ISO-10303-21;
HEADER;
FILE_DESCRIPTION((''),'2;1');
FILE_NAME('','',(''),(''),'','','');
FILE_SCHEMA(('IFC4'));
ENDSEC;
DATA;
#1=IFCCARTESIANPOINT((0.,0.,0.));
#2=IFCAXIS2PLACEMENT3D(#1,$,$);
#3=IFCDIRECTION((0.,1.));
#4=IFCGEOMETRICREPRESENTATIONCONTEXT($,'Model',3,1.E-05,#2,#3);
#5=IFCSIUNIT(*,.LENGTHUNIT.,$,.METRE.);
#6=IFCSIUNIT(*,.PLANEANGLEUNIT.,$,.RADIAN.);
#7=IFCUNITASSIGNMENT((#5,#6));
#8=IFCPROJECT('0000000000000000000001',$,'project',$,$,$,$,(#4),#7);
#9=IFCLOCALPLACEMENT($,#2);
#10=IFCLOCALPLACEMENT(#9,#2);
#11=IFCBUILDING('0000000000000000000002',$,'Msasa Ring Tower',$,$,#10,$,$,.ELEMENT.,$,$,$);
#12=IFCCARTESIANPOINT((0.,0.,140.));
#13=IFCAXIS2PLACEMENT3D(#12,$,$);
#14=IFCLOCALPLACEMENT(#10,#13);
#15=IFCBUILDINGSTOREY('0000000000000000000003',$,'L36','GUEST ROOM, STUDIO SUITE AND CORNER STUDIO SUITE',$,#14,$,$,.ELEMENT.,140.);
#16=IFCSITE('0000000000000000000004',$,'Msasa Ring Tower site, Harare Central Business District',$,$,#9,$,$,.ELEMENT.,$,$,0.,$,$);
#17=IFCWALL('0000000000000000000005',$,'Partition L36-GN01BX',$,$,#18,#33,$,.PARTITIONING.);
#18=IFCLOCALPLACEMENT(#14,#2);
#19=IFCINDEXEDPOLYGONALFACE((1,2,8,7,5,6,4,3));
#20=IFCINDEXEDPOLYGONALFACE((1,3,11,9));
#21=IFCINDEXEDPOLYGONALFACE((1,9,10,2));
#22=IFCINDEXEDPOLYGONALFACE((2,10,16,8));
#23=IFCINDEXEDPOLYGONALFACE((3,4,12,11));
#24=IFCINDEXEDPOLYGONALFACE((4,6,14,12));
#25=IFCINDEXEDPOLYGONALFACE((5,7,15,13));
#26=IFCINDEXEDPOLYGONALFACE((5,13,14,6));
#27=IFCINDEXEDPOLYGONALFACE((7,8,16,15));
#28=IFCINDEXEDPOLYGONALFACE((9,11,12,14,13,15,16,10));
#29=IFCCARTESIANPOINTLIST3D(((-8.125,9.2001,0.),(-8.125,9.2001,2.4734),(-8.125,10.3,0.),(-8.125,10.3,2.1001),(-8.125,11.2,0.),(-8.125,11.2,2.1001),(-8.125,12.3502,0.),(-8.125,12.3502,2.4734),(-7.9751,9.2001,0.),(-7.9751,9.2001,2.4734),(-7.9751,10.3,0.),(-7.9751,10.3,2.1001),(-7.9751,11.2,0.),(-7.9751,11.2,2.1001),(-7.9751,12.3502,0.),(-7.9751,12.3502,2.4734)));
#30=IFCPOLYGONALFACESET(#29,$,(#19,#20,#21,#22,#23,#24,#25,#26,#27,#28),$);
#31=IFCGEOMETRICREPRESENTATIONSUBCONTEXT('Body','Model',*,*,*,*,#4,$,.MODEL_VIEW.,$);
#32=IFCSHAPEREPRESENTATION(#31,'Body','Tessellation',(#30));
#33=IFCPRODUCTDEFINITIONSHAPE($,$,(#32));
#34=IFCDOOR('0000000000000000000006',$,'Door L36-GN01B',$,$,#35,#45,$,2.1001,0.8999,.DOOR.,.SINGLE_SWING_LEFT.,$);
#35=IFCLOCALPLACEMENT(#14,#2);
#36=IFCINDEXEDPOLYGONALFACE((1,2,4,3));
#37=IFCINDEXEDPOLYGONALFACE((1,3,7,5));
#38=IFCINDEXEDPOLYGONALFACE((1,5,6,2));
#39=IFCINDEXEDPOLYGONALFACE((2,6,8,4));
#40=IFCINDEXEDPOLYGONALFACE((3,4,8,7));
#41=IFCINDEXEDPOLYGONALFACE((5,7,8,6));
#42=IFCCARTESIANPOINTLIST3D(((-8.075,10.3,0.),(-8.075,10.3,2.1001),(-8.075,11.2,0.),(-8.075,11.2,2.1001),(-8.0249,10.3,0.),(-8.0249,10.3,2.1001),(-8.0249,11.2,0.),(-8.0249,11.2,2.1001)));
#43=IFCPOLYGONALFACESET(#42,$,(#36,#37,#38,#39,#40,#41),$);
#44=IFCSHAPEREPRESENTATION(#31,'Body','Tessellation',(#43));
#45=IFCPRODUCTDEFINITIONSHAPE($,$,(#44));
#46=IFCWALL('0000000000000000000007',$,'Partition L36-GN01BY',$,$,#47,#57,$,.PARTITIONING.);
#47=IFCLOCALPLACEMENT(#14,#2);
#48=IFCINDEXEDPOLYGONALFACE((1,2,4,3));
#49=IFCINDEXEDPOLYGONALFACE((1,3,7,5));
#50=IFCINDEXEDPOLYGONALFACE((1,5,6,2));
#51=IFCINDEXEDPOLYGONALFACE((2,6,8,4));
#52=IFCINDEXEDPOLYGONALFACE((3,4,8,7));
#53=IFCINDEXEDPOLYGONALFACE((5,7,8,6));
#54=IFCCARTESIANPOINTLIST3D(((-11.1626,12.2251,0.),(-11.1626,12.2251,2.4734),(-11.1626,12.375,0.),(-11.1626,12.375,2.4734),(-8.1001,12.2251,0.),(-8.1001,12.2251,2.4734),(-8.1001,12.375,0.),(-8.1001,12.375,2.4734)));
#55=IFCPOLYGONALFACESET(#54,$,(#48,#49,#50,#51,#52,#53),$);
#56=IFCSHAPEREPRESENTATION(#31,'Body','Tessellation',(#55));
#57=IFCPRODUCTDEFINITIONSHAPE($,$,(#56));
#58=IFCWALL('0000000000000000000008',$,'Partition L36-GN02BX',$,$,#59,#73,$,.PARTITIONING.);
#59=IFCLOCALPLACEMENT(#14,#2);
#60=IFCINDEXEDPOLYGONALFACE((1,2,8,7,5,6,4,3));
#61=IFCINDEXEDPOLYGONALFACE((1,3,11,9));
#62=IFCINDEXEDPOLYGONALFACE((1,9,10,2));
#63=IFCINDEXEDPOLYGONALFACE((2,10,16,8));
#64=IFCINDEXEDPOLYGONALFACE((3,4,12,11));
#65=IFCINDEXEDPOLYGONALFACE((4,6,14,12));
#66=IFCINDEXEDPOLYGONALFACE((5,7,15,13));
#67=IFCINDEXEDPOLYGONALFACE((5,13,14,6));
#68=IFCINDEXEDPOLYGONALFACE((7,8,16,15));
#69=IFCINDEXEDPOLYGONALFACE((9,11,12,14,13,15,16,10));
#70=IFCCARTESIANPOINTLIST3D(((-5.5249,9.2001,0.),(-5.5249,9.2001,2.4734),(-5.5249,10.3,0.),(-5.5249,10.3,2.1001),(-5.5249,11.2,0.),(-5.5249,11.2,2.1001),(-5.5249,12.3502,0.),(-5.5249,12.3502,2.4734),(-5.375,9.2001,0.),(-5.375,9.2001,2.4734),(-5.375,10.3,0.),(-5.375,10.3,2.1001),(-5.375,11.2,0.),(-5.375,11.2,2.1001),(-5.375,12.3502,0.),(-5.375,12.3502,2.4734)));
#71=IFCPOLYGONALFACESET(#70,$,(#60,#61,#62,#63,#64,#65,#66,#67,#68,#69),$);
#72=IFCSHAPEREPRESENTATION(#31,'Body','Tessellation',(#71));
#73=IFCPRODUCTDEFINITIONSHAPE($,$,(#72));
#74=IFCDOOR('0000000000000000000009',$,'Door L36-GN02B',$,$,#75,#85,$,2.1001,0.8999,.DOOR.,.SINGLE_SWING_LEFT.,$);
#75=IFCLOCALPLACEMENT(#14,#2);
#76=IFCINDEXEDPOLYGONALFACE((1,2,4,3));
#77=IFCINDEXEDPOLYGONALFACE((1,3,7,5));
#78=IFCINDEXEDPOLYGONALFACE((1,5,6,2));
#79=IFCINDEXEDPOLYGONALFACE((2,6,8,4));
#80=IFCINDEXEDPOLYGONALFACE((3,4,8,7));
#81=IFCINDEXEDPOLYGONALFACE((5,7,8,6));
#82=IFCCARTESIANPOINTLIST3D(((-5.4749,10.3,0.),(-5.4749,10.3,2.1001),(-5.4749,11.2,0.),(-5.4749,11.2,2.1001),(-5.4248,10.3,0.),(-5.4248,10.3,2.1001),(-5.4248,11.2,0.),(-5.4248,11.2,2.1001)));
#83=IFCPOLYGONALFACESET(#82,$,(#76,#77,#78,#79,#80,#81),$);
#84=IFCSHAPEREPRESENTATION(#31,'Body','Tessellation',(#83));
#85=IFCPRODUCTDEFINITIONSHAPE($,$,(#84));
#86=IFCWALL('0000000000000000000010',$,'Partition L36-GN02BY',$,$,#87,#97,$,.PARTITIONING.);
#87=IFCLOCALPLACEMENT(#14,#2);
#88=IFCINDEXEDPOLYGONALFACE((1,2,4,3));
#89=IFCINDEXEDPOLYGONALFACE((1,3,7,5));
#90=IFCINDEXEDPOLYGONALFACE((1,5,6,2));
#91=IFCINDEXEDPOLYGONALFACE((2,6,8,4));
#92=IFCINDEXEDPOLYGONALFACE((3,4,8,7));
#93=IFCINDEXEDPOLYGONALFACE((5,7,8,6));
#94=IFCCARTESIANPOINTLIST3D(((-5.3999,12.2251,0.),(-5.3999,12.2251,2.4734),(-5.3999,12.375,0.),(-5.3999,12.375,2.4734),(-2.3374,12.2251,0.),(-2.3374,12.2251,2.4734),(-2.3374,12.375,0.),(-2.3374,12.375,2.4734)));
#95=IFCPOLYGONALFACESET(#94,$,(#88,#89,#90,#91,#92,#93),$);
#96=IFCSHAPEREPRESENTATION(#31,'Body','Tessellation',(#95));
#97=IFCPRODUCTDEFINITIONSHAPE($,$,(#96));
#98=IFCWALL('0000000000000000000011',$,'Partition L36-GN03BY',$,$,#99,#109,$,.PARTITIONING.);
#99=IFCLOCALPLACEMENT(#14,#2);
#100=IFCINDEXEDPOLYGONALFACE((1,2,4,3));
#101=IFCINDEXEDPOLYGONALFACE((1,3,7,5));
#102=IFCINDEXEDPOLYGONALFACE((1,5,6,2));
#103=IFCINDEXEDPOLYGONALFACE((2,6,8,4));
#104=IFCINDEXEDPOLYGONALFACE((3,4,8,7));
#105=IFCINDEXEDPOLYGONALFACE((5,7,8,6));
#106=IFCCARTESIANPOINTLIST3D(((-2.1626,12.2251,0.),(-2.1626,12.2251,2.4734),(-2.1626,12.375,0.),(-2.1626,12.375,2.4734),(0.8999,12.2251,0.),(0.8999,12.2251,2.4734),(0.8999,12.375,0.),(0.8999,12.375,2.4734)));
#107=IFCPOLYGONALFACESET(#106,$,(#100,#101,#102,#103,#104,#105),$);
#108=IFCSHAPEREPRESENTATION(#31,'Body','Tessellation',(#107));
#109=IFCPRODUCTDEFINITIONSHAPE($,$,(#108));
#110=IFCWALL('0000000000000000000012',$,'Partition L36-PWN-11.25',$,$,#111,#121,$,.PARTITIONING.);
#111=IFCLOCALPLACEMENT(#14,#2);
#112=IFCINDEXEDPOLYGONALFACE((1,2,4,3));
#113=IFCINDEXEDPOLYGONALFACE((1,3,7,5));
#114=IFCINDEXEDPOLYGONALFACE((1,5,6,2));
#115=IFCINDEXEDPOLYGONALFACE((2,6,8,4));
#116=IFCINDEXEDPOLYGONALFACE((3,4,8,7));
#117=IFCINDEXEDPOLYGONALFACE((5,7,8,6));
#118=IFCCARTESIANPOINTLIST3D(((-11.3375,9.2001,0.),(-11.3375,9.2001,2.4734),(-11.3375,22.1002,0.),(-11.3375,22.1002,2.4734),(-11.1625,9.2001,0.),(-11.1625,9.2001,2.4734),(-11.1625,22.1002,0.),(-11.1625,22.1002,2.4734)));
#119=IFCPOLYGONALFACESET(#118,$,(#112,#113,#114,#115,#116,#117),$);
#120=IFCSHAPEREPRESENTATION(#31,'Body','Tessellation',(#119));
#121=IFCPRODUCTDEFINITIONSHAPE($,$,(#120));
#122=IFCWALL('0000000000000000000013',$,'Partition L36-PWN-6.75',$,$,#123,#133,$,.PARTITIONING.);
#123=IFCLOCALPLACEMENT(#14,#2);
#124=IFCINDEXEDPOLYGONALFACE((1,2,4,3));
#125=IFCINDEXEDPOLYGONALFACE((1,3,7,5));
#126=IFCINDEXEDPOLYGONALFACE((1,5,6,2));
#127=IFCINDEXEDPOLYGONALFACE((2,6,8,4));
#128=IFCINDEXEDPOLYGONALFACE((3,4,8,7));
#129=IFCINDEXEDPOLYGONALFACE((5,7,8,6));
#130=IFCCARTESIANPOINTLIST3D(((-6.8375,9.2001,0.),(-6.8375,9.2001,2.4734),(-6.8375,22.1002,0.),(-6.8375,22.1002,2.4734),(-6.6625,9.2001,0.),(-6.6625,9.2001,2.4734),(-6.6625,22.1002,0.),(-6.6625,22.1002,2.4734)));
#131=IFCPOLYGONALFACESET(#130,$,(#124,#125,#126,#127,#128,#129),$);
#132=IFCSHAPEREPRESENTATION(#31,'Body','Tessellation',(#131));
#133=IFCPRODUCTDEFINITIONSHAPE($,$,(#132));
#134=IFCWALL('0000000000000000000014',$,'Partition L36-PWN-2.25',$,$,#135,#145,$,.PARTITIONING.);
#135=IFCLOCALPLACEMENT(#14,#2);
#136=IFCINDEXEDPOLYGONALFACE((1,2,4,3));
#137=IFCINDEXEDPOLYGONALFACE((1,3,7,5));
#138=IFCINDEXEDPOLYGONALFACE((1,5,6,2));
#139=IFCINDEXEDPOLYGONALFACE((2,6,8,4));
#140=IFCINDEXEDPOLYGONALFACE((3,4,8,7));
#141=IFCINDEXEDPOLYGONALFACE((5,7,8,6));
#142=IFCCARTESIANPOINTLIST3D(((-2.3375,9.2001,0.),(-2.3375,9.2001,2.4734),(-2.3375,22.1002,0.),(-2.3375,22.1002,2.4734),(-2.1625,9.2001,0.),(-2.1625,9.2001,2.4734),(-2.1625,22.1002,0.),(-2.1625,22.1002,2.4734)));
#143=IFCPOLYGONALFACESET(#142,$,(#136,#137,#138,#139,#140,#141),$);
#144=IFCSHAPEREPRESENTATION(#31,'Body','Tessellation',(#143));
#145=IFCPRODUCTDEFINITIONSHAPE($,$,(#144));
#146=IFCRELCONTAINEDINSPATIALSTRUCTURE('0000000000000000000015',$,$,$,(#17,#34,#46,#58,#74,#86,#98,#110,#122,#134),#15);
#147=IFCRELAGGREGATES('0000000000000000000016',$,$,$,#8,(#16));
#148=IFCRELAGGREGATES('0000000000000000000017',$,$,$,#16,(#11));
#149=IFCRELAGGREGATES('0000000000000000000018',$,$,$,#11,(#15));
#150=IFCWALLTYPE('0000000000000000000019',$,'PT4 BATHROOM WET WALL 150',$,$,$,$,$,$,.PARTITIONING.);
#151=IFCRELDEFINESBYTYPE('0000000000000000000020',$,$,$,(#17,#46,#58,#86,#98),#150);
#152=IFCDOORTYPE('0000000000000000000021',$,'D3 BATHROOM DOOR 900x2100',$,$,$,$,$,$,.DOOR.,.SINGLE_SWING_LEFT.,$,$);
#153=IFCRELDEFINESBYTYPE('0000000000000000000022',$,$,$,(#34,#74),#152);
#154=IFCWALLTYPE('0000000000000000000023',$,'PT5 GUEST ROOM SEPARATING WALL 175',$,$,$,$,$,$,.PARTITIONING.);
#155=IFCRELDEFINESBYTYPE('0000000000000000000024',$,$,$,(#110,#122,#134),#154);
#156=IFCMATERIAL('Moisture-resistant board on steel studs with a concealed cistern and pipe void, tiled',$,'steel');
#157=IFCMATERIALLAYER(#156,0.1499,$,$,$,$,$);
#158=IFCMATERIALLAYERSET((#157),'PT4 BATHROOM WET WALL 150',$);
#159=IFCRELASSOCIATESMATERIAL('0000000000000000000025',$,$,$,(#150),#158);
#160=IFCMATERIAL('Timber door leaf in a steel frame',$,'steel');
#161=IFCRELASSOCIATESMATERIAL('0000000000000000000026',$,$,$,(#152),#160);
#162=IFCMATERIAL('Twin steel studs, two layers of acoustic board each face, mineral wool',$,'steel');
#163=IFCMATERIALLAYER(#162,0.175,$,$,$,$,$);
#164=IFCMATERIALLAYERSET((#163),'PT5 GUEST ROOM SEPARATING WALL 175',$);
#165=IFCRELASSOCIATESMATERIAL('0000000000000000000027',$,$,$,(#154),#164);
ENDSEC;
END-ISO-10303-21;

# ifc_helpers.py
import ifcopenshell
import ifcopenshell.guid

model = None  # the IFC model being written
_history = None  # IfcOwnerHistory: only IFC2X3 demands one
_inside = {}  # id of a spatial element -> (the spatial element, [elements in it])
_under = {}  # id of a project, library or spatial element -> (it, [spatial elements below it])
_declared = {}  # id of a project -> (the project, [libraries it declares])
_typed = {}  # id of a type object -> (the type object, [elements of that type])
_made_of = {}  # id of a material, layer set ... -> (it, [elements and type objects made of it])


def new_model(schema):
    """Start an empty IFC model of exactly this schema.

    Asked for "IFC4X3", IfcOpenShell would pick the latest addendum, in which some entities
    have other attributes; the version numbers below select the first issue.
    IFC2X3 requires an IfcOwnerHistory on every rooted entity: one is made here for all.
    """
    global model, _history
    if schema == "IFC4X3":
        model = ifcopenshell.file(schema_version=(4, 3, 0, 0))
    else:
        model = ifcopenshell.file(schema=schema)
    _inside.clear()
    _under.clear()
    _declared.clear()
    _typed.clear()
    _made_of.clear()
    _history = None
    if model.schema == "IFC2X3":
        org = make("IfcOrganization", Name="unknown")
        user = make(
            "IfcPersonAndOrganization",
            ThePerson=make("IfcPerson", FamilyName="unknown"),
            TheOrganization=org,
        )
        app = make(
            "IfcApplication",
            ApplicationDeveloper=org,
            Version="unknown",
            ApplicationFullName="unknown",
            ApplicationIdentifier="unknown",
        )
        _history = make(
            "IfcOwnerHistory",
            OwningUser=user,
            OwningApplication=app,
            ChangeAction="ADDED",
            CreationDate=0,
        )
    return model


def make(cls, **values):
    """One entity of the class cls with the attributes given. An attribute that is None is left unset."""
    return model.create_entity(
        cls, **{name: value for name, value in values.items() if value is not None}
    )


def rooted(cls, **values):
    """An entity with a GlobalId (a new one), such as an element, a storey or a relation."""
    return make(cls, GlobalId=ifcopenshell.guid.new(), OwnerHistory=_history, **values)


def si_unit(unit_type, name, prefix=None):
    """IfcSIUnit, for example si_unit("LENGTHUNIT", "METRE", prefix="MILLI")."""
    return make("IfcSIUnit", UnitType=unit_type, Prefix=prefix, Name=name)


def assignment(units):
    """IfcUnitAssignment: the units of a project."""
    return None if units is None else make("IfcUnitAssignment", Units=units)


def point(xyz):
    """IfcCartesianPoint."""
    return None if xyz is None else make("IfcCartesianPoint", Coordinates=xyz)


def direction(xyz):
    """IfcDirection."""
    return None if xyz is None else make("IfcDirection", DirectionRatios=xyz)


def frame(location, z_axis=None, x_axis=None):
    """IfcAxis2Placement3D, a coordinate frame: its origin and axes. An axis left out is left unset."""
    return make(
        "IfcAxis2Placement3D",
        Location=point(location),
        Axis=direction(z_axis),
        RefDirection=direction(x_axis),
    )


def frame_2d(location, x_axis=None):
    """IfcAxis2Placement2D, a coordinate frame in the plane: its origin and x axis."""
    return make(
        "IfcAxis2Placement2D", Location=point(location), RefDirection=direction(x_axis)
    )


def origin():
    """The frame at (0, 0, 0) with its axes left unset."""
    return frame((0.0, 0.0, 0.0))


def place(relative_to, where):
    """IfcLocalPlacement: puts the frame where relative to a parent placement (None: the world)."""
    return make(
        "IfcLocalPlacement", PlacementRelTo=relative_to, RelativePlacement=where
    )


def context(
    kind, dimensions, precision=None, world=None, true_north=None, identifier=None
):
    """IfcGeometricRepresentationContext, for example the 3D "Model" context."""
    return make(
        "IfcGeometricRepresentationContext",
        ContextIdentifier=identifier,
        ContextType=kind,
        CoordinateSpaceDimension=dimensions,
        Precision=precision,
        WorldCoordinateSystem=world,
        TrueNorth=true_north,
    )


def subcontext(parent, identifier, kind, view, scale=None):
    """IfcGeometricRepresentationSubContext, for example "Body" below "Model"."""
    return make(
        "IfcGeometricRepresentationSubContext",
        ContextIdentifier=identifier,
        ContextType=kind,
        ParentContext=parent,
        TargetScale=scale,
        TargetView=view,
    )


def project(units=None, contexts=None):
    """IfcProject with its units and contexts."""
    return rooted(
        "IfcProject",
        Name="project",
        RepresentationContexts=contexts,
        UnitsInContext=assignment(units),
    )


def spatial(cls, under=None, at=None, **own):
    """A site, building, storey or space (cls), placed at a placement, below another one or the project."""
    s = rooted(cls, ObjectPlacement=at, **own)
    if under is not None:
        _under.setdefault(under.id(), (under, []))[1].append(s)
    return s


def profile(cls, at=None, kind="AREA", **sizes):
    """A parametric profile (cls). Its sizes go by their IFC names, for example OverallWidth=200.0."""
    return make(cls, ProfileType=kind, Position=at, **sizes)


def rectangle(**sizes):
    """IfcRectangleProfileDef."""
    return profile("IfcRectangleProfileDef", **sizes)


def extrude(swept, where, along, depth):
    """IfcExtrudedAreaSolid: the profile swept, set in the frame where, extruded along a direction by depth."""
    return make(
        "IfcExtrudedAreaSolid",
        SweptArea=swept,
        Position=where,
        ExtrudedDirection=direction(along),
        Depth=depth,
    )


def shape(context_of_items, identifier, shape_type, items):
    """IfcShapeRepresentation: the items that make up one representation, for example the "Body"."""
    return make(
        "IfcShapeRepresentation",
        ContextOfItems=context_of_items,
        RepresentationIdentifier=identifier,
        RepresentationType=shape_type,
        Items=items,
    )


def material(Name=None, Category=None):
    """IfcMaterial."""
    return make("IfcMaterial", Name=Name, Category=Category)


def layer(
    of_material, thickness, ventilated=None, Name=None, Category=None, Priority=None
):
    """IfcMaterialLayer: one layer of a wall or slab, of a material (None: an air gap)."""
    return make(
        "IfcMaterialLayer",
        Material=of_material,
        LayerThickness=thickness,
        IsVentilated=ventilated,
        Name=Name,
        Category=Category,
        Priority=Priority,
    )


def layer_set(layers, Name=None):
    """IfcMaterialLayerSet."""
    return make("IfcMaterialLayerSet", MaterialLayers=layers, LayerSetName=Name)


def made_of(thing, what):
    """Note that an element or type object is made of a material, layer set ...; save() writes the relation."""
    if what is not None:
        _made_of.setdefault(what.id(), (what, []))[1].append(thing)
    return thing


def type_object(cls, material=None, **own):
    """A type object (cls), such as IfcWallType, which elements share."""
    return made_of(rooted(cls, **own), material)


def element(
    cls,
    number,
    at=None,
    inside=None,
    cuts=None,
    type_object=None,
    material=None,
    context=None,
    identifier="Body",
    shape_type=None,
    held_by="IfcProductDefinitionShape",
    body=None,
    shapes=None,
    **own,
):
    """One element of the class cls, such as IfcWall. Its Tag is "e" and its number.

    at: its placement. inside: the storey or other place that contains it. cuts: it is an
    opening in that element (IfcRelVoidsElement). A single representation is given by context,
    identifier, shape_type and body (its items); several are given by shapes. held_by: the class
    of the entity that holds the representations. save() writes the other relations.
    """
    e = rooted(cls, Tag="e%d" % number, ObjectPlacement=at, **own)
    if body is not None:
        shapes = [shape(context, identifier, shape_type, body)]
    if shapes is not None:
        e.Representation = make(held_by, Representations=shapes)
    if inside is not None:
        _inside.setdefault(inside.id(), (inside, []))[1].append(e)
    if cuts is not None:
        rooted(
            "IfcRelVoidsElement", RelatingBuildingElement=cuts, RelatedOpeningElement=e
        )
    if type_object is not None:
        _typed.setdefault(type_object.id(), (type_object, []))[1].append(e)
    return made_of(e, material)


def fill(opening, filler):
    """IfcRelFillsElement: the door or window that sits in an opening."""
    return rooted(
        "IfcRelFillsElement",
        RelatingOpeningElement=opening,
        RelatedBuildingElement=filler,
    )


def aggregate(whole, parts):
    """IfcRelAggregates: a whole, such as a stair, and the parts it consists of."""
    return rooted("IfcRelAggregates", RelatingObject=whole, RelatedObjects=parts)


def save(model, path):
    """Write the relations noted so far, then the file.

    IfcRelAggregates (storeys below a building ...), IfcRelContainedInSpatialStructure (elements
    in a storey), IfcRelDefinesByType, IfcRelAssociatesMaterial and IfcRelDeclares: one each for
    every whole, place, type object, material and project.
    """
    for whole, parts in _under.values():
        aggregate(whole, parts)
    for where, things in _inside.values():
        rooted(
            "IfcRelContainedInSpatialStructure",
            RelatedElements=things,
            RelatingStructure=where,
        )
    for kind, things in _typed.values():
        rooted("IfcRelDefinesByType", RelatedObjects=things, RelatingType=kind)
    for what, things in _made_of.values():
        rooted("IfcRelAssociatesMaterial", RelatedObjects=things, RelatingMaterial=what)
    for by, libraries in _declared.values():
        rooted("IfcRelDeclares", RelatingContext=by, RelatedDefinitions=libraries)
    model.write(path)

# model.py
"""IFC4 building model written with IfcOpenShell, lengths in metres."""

from ifc_helpers import new_model, si_unit, direction, frame, frame_2d, origin, place, context, subcontext, project, spatial, rectangle, extrude, material, layer, layer_set, type_object, element, fill, save


model = new_model("IFC4")

# Units and contexts
model_context = context("Model", 3, precision=1e-05, world=origin(), true_north=direction((0.0, 1.0)))
body_context = subcontext(model_context, "Body", "Model", "MODEL_VIEW")
ifc_project = project(units=[si_unit("LENGTHUNIT", "METRE"), si_unit("PLANEANGLEUNIT", "RADIAN")], contexts=[model_context])

# Site, building, storey
site_placement = place(None, origin())
site = spatial("IfcSite", under=ifc_project, at=site_placement, Name="Msasa Ring Tower site, Harare Central Business District", CompositionType="ELEMENT", RefElevation=0.0)
building_placement = place(site_placement, origin())
building = spatial("IfcBuilding", under=site, at=building_placement, Name="Msasa Ring Tower", CompositionType="ELEMENT")
storey_placement = place(building_placement, frame((0.0, 0.0, 140.0)))
storey = spatial("IfcBuildingStorey", under=building, at=storey_placement, Name="L36", Description="GUEST ROOM, STUDIO SUITE AND CORNER STUDIO SUITE", CompositionType="ELEMENT", Elevation=140.0)

# Wall, opening, door
ifc_material_1 = material(Name="Moisture-resistant board on steel studs with a concealed cistern and pipe void, tiled", Category="steel")
ifc_layer_1 = layer(ifc_material_1, 0.1499)
ifc_layer_set_1 = layer_set([ifc_layer_1], Name="PT4 BATHROOM WET WALL 150")
wall_type_1 = type_object("IfcWallType", Name="PT4 BATHROOM WET WALL 150", PredefinedType="PARTITIONING", material=ifc_layer_set_1)
wall_1_placement = place(storey_placement, frame((-8.05, 9.2, 0.0), z_axis=(0.0, 0.0, 1.0), x_axis=(0.0, 1.0, 0.0)))
wall_1 = element("IfcWall", 1, at=wall_1_placement, inside=storey, type_object=wall_type_1, Name="Partition L36-GN01BX", PredefinedType="PARTITIONING", context=body_context, shape_type="SweptSolid", body=[
    extrude(rectangle(XDim=3.1501, YDim=0.1499, at=frame_2d((1.5752, 0.0))), origin(), (0.0, 0.0, 1.0), 2.4734),
])
opening_1_placement = place(wall_1_placement, frame((1.1001, 0.0, 0.0)))
opening_1 = element("IfcOpeningElement", 2, at=opening_1_placement, cuts=wall_1, PredefinedType="OPENING", context=body_context, shape_type="SweptSolid", body=[
    extrude(rectangle(XDim=0.8999, YDim=2.1001, at=frame_2d((0.45, 1.05))), frame((0.0, 0.085, 0.0), z_axis=(0.0, -1.0, 0.0), x_axis=(1.0, 0.0, 0.0)), (0.0, 0.0, 1.0), 0.1699),
])
ifc_material_2 = material(Name="Timber door leaf in a steel frame", Category="steel")
door_type = type_object("IfcDoorType", Name="D3 BATHROOM DOOR 900x2100", OperationType="SINGLE_SWING_LEFT", PredefinedType="DOOR", material=ifc_material_2)
door_1_placement = place(opening_1_placement, origin())
door_1 = element("IfcDoor", 3, at=door_1_placement, inside=storey, type_object=door_type, Name="Door L36-GN01B", OperationType="SINGLE_SWING_LEFT", OverallHeight=2.1001, OverallWidth=0.8999, PredefinedType="DOOR", context=body_context, shape_type="SweptSolid", body=[
    extrude(rectangle(XDim=0.8999, YDim=2.1001, at=frame_2d((0.45, 1.05))), frame((0.0, 0.0249, 0.0), z_axis=(0.0, -1.0, 0.0), x_axis=(1.0, 0.0, 0.0)), (0.0, 0.0, 1.0), 0.05),
])
fill(opening_1, door_1)

# Wall
wall_2_placement = place(storey_placement, frame((-11.1626, 12.3, 0.0), z_axis=(0.0, 0.0, 1.0), x_axis=(1.0, 0.0, 0.0)))
element("IfcWall", 4, at=wall_2_placement, inside=storey, type_object=wall_type_1, Name="Partition L36-GN01BY", PredefinedType="PARTITIONING", context=body_context, shape_type="SweptSolid", body=[
    extrude(rectangle(XDim=3.0625, YDim=0.1499, at=frame_2d((1.5312, 0.0))), origin(), (0.0, 0.0, 1.0), 2.4734),
])

# Wall, opening, door
wall_3_placement = place(storey_placement, frame((-5.45, 9.2, 0.0), z_axis=(0.0, 0.0, 1.0), x_axis=(0.0, 1.0, 0.0)))
wall_3 = element("IfcWall", 5, at=wall_3_placement, inside=storey, type_object=wall_type_1, Name="Partition L36-GN02BX", PredefinedType="PARTITIONING", context=body_context, shape_type="SweptSolid", body=[
    extrude(rectangle(XDim=3.1501, YDim=0.1499, at=frame_2d((1.5752, 0.0))), origin(), (0.0, 0.0, 1.0), 2.4734),
])
opening_2_placement = place(wall_3_placement, frame((1.1001, 0.0, 0.0)))
opening_2 = element("IfcOpeningElement", 6, at=opening_2_placement, cuts=wall_3, PredefinedType="OPENING", context=body_context, shape_type="SweptSolid", body=[
    extrude(rectangle(XDim=0.8999, YDim=2.1001, at=frame_2d((0.45, 1.05))), frame((0.0, 0.085, 0.0), z_axis=(0.0, -1.0, 0.0), x_axis=(1.0, 0.0, 0.0)), (0.0, 0.0, 1.0), 0.1699),
])
door_2_placement = place(opening_2_placement, origin())
door_2 = element("IfcDoor", 7, at=door_2_placement, inside=storey, type_object=door_type, Name="Door L36-GN02B", OperationType="SINGLE_SWING_LEFT", OverallHeight=2.1001, OverallWidth=0.8999, PredefinedType="DOOR", context=body_context, shape_type="SweptSolid", body=[
    extrude(rectangle(XDim=0.8999, YDim=2.1001, at=frame_2d((0.45, 1.05))), frame((0.0, 0.0249, 0.0), z_axis=(0.0, -1.0, 0.0), x_axis=(1.0, 0.0, 0.0)), (0.0, 0.0, 1.0), 0.05),
])
fill(opening_2, door_2)

# Walls
for number, where, z_axis, x_axis, name in (
    (8, (-5.3999, 12.3, 0.0), (0.0, 0.0, 1.0), (1.0, 0.0, 0.0), "Partition L36-GN02BY"),
    (9, (-2.1626, 12.3, 0.0), (0.0, 0.0, 1.0), (1.0, 0.0, 0.0), "Partition L36-GN03BY"),
):
    element("IfcWall", number, at=place(storey_placement, frame(where, z_axis=z_axis, x_axis=x_axis)), inside=storey, type_object=wall_type_1, Name=name, PredefinedType="PARTITIONING", context=body_context, shape_type="SweptSolid", body=[
        extrude(rectangle(XDim=3.0625, YDim=0.1499, at=frame_2d((1.5312, 0.0))), origin(), (0.0, 0.0, 1.0), 2.4734),
    ])
ifc_material_3 = material(Name="Twin steel studs, two layers of acoustic board each face, mineral wool", Category="steel")
ifc_layer_2 = layer(ifc_material_3, 0.175)
ifc_layer_set_2 = layer_set([ifc_layer_2], Name="PT5 GUEST ROOM SEPARATING WALL 175")
wall_type_2 = type_object("IfcWallType", Name="PT5 GUEST ROOM SEPARATING WALL 175", PredefinedType="PARTITIONING", material=ifc_layer_set_2)
for number, where, z_axis, x_axis, name in (
    (10, (-11.25, 9.2, 0.0), (0.0, 0.0, 1.0), (0.0, 1.0, 0.0), "Partition L36-PWN-11.25"),
    (11, (-6.75, 9.2, 0.0), (0.0, 0.0, 1.0), (0.0, 1.0, 0.0), "Partition L36-PWN-6.75"),
    (12, (-2.25, 9.2, 0.0), (0.0, 0.0, 1.0), (0.0, 1.0, 0.0), "Partition L36-PWN-2.25"),
):
    element("IfcWall", number, at=place(storey_placement, frame(where, z_axis=z_axis, x_axis=x_axis)), inside=storey, type_object=wall_type_2, Name=name, PredefinedType="PARTITIONING", context=body_context, shape_type="SweptSolid", body=[
        extrude(rectangle(XDim=12.9001, YDim=0.175, at=frame_2d((6.4502, 0.0))), origin(), (0.0, 0.0, 1.0), 2.4734),
    ])

save(model, "model.ifc")
